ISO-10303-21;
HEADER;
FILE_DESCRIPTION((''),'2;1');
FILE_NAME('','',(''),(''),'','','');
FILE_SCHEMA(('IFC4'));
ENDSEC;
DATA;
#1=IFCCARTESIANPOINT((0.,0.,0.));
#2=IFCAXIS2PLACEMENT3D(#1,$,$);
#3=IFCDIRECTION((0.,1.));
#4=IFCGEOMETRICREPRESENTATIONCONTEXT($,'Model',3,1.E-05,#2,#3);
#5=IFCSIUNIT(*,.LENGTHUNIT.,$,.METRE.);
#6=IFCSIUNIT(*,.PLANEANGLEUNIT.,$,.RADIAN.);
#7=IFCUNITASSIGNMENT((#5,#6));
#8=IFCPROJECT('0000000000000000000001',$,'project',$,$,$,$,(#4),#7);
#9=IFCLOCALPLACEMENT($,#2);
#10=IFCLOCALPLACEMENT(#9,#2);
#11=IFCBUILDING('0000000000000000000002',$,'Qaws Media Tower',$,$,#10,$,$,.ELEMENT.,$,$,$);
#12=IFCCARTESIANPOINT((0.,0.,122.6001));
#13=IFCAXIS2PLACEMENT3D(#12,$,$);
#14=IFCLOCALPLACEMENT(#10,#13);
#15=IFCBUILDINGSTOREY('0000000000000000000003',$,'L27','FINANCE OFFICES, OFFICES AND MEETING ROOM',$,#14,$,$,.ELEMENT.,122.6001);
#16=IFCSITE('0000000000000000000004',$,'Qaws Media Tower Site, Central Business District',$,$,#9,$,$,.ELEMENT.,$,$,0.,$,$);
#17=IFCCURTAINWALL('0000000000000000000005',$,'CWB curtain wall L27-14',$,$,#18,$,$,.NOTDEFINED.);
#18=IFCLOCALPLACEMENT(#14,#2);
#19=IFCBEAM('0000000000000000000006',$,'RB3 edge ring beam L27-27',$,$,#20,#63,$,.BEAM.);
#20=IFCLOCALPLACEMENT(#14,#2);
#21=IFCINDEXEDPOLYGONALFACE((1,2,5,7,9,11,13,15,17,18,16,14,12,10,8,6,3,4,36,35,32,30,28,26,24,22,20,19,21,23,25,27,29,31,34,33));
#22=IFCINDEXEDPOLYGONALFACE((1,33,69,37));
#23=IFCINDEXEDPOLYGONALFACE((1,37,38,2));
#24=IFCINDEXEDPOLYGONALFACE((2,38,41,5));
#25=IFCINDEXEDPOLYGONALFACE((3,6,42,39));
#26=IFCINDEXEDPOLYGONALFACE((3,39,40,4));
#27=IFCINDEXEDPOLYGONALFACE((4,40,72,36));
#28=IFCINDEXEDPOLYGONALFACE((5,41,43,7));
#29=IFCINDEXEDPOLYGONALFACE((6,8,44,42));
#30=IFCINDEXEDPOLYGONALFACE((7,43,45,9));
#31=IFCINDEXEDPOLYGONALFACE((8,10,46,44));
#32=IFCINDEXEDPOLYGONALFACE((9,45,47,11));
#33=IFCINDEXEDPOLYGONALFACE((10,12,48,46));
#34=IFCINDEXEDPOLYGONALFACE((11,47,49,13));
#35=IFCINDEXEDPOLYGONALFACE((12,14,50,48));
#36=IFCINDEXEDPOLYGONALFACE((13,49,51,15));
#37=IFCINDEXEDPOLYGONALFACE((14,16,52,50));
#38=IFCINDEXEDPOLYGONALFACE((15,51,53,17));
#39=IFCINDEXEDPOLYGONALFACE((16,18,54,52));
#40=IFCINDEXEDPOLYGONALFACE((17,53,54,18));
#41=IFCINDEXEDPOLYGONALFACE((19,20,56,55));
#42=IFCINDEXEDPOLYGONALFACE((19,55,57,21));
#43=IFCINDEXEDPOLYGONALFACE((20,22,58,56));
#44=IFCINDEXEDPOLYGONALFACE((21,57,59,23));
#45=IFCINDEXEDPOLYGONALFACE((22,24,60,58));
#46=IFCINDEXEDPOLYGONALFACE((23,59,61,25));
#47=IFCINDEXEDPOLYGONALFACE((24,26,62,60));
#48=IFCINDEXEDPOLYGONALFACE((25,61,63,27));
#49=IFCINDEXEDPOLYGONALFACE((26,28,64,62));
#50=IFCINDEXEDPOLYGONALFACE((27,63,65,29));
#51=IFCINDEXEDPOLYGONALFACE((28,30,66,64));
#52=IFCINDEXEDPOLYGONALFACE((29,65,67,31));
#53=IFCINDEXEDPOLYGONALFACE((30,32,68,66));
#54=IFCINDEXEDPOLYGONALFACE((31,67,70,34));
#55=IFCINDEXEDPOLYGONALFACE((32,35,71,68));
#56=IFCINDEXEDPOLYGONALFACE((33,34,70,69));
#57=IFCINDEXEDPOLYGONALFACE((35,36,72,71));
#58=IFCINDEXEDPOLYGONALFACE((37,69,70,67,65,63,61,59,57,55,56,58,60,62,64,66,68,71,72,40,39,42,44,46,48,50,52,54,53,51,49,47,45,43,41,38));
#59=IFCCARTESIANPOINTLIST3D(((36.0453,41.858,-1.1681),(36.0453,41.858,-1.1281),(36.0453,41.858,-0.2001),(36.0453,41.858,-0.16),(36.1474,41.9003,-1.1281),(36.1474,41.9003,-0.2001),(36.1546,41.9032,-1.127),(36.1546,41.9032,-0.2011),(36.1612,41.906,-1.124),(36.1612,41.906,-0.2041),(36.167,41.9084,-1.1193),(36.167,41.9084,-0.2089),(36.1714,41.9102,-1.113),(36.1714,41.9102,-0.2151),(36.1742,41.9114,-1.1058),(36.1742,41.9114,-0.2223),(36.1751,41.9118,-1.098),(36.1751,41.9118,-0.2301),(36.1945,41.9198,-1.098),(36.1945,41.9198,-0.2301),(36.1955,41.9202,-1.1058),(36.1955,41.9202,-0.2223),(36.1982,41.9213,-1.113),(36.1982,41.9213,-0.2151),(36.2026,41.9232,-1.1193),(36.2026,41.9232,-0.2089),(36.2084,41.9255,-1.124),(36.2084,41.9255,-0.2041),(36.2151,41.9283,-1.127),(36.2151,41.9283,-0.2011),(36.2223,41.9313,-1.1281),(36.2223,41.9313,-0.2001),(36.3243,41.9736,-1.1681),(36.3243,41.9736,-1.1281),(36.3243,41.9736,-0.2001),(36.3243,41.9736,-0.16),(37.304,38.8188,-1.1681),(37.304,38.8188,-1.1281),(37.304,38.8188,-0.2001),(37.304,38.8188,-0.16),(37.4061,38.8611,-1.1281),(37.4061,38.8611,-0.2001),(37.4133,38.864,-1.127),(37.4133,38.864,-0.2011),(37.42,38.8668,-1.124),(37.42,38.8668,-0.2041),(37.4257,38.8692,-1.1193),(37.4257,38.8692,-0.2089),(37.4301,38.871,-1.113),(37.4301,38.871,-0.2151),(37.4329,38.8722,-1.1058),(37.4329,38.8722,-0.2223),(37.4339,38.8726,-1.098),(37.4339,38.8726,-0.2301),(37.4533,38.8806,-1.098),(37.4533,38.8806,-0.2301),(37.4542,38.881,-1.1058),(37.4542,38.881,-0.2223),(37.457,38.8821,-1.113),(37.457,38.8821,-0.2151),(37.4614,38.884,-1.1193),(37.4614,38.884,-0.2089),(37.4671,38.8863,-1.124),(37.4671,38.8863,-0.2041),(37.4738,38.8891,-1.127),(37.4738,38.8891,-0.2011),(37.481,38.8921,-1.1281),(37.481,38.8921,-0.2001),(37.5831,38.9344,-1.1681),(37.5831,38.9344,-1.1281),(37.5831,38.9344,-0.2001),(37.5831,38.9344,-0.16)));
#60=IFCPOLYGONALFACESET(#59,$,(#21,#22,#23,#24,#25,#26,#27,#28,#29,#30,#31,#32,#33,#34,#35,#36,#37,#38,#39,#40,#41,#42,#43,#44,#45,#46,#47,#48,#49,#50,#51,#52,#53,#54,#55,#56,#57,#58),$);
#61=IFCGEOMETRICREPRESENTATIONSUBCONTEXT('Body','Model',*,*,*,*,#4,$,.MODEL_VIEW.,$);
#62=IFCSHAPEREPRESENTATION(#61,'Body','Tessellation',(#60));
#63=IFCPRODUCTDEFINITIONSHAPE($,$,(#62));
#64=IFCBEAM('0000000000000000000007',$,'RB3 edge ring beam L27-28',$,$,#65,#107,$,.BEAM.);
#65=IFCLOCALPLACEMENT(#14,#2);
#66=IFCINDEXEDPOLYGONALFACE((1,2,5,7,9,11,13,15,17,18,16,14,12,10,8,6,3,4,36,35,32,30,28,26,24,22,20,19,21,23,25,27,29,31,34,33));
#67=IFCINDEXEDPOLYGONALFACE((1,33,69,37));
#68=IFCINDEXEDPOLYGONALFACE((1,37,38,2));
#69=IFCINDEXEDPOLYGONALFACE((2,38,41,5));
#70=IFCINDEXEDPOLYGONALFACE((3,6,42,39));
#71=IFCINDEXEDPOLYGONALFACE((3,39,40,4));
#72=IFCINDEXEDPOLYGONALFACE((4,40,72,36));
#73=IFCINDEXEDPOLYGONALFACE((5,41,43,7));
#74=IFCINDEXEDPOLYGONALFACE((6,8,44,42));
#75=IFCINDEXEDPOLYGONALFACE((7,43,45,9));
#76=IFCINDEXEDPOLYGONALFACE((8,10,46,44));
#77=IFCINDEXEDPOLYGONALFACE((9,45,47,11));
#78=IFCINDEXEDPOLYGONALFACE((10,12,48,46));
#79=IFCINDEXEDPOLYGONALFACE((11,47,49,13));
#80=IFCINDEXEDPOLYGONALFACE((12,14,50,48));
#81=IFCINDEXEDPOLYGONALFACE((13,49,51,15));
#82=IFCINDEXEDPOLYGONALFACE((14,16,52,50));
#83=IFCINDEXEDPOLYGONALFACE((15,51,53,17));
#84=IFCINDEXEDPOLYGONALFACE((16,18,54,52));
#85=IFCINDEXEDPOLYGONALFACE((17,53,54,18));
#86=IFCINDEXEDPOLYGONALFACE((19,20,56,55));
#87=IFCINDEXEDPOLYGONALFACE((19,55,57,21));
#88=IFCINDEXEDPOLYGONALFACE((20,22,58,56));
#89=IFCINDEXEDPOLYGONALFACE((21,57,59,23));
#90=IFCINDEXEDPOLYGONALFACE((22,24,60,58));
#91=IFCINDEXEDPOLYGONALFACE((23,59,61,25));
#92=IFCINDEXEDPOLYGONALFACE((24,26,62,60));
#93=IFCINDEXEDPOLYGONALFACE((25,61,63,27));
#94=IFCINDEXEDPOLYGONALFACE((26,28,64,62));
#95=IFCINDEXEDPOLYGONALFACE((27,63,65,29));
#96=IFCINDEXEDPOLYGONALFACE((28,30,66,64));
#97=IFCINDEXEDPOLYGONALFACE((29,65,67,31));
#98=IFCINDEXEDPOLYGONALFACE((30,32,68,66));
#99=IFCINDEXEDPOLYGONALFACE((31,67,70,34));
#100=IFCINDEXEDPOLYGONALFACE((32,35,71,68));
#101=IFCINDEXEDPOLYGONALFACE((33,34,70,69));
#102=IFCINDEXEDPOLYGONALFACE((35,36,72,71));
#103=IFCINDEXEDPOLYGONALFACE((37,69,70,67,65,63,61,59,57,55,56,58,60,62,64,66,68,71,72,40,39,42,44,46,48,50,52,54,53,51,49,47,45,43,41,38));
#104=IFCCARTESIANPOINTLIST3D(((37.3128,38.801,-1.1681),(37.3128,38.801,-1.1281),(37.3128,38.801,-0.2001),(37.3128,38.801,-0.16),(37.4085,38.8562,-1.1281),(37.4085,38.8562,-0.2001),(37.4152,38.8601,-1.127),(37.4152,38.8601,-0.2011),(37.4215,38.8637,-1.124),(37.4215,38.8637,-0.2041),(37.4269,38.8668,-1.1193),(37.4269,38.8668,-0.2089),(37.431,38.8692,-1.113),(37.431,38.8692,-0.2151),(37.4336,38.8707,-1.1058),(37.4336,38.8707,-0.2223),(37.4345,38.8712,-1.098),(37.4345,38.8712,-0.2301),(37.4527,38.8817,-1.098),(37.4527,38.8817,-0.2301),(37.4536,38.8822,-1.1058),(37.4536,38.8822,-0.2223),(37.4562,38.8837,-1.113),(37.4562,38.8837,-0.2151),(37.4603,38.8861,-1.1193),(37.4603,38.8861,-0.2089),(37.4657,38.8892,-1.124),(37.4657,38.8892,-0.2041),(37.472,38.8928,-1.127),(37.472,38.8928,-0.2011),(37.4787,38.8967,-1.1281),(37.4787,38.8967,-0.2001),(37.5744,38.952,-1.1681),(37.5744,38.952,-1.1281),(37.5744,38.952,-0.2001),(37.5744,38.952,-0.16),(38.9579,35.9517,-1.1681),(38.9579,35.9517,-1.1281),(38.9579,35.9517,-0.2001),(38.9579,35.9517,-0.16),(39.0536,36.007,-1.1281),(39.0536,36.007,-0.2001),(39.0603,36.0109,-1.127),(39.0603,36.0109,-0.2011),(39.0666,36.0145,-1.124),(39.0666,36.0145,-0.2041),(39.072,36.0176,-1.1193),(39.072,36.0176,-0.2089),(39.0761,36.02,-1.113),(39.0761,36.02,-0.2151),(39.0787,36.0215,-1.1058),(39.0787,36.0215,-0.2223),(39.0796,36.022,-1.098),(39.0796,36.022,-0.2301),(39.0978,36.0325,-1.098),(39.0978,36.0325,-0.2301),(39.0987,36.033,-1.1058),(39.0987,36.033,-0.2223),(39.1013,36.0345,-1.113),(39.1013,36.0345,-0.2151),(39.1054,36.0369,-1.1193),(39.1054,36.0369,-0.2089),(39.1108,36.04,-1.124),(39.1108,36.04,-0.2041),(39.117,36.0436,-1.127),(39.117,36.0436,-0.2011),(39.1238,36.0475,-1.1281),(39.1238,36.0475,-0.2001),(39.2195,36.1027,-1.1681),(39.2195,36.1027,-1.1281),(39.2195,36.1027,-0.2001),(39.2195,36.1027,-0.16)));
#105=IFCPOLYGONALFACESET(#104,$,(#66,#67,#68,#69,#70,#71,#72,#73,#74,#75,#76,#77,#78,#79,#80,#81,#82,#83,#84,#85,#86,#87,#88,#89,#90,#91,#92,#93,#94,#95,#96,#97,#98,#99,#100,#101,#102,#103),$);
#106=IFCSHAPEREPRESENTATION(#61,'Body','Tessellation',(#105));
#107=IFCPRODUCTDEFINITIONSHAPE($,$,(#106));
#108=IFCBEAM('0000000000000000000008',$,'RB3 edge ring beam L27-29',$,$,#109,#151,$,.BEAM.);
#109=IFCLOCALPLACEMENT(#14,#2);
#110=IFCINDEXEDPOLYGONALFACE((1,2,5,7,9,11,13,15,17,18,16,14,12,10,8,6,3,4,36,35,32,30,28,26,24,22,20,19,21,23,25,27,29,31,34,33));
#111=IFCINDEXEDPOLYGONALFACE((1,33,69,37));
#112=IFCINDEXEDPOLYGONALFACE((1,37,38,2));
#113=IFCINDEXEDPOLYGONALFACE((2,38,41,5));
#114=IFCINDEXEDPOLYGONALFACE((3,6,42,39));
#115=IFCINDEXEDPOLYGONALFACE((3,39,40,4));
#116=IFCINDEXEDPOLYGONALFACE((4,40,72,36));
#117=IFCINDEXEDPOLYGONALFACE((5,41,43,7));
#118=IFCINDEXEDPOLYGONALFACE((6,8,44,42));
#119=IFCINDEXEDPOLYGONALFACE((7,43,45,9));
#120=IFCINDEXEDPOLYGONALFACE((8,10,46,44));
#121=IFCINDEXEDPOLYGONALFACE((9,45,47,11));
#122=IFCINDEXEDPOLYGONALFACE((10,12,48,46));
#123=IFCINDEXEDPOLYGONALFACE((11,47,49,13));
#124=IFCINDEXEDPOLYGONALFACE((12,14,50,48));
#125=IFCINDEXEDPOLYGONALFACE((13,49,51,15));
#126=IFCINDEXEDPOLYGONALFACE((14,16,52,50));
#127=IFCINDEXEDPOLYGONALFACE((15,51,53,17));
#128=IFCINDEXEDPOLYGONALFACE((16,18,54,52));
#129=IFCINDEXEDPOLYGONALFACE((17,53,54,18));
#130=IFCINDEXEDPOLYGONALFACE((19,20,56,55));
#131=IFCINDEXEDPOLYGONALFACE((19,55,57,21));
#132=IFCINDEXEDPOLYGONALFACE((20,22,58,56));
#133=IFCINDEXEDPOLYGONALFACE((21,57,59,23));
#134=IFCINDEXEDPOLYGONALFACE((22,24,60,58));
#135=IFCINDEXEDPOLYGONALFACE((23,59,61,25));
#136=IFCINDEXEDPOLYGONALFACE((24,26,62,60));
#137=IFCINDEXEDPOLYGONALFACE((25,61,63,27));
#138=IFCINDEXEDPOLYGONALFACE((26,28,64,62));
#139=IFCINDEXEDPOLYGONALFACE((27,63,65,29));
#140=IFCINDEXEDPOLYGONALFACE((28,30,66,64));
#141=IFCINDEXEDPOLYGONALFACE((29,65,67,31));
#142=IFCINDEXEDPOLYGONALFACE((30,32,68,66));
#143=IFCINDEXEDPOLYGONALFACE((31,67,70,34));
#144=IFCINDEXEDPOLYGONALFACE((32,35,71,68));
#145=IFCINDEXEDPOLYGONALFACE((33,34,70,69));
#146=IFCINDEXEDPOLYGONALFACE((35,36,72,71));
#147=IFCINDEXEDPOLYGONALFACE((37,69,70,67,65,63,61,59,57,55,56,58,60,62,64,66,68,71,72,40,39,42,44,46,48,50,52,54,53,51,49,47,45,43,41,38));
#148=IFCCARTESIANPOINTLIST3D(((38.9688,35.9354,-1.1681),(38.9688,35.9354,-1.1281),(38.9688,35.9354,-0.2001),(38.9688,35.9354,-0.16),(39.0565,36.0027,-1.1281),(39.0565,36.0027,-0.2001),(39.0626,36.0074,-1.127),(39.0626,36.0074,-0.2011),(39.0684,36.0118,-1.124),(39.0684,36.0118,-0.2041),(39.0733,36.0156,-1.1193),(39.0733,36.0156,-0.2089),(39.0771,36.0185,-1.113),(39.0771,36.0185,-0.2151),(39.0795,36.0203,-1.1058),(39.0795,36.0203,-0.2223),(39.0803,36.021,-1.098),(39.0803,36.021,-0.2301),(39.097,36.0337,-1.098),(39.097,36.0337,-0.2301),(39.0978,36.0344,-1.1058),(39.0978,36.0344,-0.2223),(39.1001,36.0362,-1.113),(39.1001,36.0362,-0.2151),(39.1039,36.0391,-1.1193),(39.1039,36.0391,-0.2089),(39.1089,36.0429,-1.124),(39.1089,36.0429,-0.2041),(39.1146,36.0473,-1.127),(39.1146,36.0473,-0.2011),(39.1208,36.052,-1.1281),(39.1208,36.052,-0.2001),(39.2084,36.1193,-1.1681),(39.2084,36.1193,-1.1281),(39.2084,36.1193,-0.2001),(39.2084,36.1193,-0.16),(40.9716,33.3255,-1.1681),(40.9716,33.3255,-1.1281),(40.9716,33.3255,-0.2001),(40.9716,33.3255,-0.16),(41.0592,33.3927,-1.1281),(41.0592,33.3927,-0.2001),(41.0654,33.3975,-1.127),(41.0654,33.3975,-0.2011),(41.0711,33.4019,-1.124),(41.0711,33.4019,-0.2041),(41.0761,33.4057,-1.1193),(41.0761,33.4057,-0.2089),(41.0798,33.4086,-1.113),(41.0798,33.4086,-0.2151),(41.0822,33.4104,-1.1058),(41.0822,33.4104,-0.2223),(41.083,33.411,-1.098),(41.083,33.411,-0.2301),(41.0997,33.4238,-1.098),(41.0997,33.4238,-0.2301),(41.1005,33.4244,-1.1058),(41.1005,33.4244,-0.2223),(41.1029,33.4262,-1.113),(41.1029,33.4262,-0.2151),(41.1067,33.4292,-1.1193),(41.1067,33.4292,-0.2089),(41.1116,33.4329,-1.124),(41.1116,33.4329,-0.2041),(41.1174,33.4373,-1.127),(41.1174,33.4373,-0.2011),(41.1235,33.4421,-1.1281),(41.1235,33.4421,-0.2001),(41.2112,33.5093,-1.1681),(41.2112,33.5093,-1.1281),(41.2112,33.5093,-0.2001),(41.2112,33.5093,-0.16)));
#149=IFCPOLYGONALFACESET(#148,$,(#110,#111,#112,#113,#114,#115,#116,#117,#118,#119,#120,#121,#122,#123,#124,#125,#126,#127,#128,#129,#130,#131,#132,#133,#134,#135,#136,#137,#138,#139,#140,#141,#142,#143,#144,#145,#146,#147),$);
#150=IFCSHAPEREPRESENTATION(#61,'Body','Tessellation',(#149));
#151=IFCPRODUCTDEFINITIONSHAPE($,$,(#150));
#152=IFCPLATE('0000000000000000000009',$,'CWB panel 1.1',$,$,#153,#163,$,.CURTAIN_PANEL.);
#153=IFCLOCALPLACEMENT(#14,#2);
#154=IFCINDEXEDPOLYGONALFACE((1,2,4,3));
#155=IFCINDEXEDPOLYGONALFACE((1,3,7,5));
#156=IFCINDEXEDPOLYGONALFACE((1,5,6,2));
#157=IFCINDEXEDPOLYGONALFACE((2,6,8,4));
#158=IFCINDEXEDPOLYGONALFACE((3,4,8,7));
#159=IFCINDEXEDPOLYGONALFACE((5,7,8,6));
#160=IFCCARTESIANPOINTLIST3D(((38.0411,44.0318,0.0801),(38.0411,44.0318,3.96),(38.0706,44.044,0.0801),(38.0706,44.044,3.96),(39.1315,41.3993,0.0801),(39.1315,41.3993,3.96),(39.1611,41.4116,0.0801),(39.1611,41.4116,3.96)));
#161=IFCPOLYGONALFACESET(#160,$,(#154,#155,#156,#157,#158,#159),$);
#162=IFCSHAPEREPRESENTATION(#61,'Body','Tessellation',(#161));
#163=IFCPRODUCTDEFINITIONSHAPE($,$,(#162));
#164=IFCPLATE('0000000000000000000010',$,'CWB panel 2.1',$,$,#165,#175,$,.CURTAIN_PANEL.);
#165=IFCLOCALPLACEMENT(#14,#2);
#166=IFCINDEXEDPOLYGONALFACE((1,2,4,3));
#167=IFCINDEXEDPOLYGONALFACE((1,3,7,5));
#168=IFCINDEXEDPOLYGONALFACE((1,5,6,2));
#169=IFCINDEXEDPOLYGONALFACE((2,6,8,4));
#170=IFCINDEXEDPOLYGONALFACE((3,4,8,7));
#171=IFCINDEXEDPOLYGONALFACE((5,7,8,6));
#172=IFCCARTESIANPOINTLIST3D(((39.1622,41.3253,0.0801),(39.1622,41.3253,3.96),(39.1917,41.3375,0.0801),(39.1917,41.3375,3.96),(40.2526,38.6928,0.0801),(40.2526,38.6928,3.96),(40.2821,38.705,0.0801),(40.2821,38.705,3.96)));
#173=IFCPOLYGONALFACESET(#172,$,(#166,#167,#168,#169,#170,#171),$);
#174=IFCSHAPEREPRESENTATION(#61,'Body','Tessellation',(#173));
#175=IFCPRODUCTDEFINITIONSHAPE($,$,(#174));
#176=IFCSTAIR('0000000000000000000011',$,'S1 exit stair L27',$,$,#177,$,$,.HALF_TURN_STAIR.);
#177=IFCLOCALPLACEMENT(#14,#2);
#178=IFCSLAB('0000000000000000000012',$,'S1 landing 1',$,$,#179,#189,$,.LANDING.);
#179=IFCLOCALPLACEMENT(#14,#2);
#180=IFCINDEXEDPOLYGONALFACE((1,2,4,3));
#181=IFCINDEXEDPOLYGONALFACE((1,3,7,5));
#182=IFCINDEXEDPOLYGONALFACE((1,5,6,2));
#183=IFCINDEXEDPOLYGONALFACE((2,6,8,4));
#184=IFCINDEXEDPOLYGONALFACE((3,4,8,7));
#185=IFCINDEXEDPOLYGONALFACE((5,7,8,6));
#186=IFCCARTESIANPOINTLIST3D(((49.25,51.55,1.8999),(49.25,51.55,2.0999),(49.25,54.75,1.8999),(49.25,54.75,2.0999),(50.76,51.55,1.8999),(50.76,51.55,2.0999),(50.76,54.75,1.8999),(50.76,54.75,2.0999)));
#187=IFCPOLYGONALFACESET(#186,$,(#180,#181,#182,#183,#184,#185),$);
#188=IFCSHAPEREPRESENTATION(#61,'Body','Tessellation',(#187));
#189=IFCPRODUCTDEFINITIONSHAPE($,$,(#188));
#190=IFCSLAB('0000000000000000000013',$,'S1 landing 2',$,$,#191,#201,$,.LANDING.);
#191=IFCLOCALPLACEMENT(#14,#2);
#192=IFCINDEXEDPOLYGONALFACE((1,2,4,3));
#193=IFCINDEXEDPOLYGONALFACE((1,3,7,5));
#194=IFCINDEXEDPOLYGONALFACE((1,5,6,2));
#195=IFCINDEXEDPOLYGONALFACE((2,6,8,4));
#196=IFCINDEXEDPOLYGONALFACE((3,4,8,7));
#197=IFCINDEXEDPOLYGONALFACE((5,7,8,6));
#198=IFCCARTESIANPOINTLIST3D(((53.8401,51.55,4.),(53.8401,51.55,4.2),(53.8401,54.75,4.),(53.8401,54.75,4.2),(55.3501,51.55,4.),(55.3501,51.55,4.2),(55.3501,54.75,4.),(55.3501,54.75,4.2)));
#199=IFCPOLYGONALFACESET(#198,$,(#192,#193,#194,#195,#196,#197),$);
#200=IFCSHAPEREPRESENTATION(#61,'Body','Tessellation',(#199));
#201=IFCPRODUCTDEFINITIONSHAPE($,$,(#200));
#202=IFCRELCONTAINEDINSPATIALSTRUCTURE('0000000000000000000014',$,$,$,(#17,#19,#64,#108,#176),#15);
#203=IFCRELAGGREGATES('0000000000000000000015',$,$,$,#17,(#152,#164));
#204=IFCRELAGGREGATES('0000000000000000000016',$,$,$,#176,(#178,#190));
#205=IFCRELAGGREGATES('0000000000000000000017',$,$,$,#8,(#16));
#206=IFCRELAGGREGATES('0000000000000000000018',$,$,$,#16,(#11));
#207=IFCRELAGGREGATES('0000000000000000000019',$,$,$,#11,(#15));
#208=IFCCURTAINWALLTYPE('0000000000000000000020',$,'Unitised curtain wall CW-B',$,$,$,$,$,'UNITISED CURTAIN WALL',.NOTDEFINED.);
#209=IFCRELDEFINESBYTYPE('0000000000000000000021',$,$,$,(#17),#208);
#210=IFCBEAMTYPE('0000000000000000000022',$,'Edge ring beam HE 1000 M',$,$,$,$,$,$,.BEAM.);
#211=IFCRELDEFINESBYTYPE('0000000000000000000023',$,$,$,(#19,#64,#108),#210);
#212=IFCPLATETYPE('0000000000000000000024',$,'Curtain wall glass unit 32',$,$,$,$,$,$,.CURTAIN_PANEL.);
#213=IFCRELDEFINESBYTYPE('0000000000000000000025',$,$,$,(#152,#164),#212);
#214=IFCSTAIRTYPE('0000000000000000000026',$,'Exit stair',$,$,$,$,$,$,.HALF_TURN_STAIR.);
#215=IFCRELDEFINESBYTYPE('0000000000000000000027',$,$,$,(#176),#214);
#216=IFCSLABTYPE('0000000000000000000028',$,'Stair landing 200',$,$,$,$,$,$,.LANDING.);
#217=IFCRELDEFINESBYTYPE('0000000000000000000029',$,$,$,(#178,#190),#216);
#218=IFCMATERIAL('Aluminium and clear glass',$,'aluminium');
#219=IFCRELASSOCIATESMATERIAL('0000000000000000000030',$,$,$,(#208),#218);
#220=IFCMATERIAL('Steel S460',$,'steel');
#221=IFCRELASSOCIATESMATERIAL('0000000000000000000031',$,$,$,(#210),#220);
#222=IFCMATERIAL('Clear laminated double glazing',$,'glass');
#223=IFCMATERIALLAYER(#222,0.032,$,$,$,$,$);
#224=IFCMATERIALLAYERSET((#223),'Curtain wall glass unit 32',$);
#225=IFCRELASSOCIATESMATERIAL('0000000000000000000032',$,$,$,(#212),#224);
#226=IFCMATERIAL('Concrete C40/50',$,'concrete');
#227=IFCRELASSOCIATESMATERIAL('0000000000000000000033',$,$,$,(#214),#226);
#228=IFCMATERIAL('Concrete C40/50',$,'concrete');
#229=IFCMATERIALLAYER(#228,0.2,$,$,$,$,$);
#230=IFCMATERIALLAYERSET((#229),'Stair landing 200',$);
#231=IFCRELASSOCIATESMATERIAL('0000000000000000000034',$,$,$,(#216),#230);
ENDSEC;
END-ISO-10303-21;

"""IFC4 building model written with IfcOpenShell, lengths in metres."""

from ifc_helpers import new_model, si_unit, direction, frame, origin, origin_2d, place, context, subcontext, project, spatial, polyline, rectangle, i_section, outline, extrude, material, layer, layer_set, material_profile, profile_set, type_object, element, aggregate, save


model = new_model("IFC4")

# Units and contexts
model_context = context("Model", 3, precision=1e-05, world=origin(), true_north=direction((0.0, 1.0)))
body_context = subcontext(model_context, "Body", "Model", "MODEL_VIEW")
ifc_project = project(units=[si_unit("LENGTHUNIT", "METRE"), si_unit("PLANEANGLEUNIT", "RADIAN")], contexts=[model_context])

# Site, building, storey
site_placement = place(None, origin())
site = spatial("IfcSite", under=ifc_project, at=site_placement, Name="Qaws Media Tower Site, Central Business District", CompositionType="ELEMENT", RefElevation=0.0)
building_placement = place(site_placement, origin())
building = spatial("IfcBuilding", under=site, at=building_placement, Name="Qaws Media Tower", CompositionType="ELEMENT")
storey_placement = place(building_placement, frame((0.0, 0.0, 122.6001)))
storey = spatial("IfcBuildingStorey", under=building, at=storey_placement, Name="L27", Description="FINANCE OFFICES, OFFICES AND MEETING ROOM", CompositionType="ELEMENT", Elevation=122.6001)

# Curtain wall
ifc_material_1 = material(Name="Aluminium and clear glass", Category="aluminium")
curtain_wall_type = type_object("IfcCurtainWallType", Name="Unitised curtain wall CW-B", ElementType="UNITISED CURTAIN WALL", PredefinedType="NOTDEFINED", material=ifc_material_1)
curtain_wall_placement = place(storey_placement, origin())
curtain_wall = element("IfcCurtainWall", 1, at=curtain_wall_placement, inside=storey, type_object=curtain_wall_type, Name="CWB curtain wall L27-14", PredefinedType="NOTDEFINED")

# Beams
ifc_material_2 = material(Name="Steel S460", Category="steel")
ifc_material_profile_1 = material_profile(ifc_material_2, i_section(OverallWidth=0.302, OverallDepth=1.0081, WebThickness=0.021, FlangeThickness=0.04, FilletRadius=0.03, at=origin_2d()), Name="HE 1000 M")
ifc_profile_set_1 = profile_set([ifc_material_profile_1], Name="Steel S460")
beam_type = type_object("IfcBeamType", Name="Edge ring beam HE 1000 M", PredefinedType="BEAM", material=ifc_profile_set_1)
beam_1_placement = place(storey_placement, frame((36.1848, 41.9158, -0.6641), z_axis=(0.382649, -0.923894, 0.0), x_axis=(0.923894, 0.382649, 0.0)))
element("IfcBeam", 2, at=beam_1_placement, inside=storey, type_object=beam_type, Name="RB3 edge ring beam L27-27", PredefinedType="BEAM", context=body_context, shape_type="SweptSolid", body=[
    extrude(i_section(OverallWidth=0.302, OverallDepth=1.0081, WebThickness=0.021, FlangeThickness=0.04, FilletRadius=0.03, at=origin_2d()), origin(), (0.0, 0.0, 1.0), 3.2896),
])
beam_2_placement = place(storey_placement, frame((37.4436, 38.8765, -0.6641), z_axis=(0.500018, -0.866015, 0.0), x_axis=(0.866015, 0.500018, 0.0)))
element("IfcBeam", 3, at=beam_2_placement, inside=storey, type_object=beam_type, Name="RB3 edge ring beam L27-28", PredefinedType="BEAM", context=body_context, shape_type="SweptSolid", body=[
    extrude(i_section(OverallWidth=0.302, OverallDepth=1.0081, WebThickness=0.021, FlangeThickness=0.04, FilletRadius=0.03, at=origin_2d()), origin(), (0.0, 0.0, 1.0), 3.29),
])
beam_3_placement = place(storey_placement, frame((39.0886, 36.0273, -0.6641), z_axis=(0.608774, -0.793344, 0.0), x_axis=(0.793344, 0.608774, 0.0)))
element("IfcBeam", 4, at=beam_3_placement, inside=storey, type_object=beam_type, Name="RB3 edge ring beam L27-29", PredefinedType="BEAM", context=body_context, shape_type="SweptSolid", body=[
    extrude(i_section(OverallWidth=0.302, OverallDepth=1.0081, WebThickness=0.021, FlangeThickness=0.04, FilletRadius=0.03, at=origin_2d()), origin(), (0.0, 0.0, 1.0), 3.2898),
])

# Plates
ifc_material_3 = material(Name="Clear laminated double glazing", Category="glass")
ifc_layer_1 = layer(ifc_material_3, 0.032)
ifc_layer_set_1 = layer_set([ifc_layer_1], Name="Curtain wall glass unit 32")
plate_type = type_object("IfcPlateType", Name="Curtain wall glass unit 32", PredefinedType="CURTAIN_PANEL", material=ifc_layer_set_1)
plate_1_placement = place(storey_placement, frame((38.6011, 42.7217, 0.0801), z_axis=(0.0, 0.0, 1.0), x_axis=(0.382683, -0.92388, 0.0)))
plate_1 = element("IfcPlate", 5, at=plate_1_placement, type_object=plate_type, Name="CWB panel 1.1", PredefinedType="CURTAIN_PANEL", context=body_context, shape_type="SweptSolid", body=[
    extrude(rectangle(XDim=2.8494, YDim=0.032, at=origin_2d()), origin(), (0.0, 0.0, 1.0), 3.8799),
])
plate_2_placement = place(storey_placement, frame((39.7222, 40.0151, 0.0801), z_axis=(0.0, 0.0, 1.0), x_axis=(0.382683, -0.92388, 0.0)))
plate_2 = element("IfcPlate", 6, at=plate_2_placement, type_object=plate_type, Name="CWB panel 2.1", PredefinedType="CURTAIN_PANEL", context=body_context, shape_type="SweptSolid", body=[
    extrude(rectangle(XDim=2.8494, YDim=0.032, at=origin_2d()), origin(), (0.0, 0.0, 1.0), 3.8799),
])
aggregate(curtain_wall, [plate_1, plate_2])

# Stair, slabs
ifc_material_4 = material(Name="Concrete C40/50", Category="concrete")
stair_type = type_object("IfcStairType", Name="Exit stair", PredefinedType="HALF_TURN_STAIR", material=ifc_material_4)
stair_1_placement = place(storey_placement, origin())
stair_1 = element("IfcStair", 7, at=stair_1_placement, inside=storey, type_object=stair_type, Name="S1 exit stair L27", PredefinedType="HALF_TURN_STAIR")
ifc_material_5 = material(Name="Concrete C40/50", Category="concrete")
ifc_layer_2 = layer(ifc_material_5, 0.2)
ifc_layer_set_2 = layer_set([ifc_layer_2], Name="Stair landing 200")
slab_type = type_object("IfcSlabType", Name="Stair landing 200", PredefinedType="LANDING", material=ifc_layer_set_2)
slab_1_placement = place(storey_placement, frame((0.0, 0.0, 1.8999)))
slab_1 = element("IfcSlab", 8, at=slab_1_placement, type_object=slab_type, Name="S1 landing 1", PredefinedType="LANDING", context=body_context, shape_type="SweptSolid", body=[
    extrude(outline(polyline([(49.25, 51.55), (50.76, 51.55), (50.76, 54.75), (49.25, 54.75), (49.25, 51.55)])), origin(), (0.0, 0.0, 1.0), 0.2),
])
slab_2_placement = place(storey_placement, frame((0.0, 0.0, 4.0)))
slab_2 = element("IfcSlab", 9, at=slab_2_placement, type_object=slab_type, Name="S1 landing 2", PredefinedType="LANDING", context=body_context, shape_type="SweptSolid", body=[
    extrude(outline(polyline([(53.8401, 51.55), (55.3501, 51.55), (55.3501, 54.75), (53.8401, 54.75), (53.8401, 51.55)])), origin(), (0.0, 0.0, 1.0), 0.2),
])
aggregate(stair_1, [slab_1, slab_2])

save(model, "model.ifc")
